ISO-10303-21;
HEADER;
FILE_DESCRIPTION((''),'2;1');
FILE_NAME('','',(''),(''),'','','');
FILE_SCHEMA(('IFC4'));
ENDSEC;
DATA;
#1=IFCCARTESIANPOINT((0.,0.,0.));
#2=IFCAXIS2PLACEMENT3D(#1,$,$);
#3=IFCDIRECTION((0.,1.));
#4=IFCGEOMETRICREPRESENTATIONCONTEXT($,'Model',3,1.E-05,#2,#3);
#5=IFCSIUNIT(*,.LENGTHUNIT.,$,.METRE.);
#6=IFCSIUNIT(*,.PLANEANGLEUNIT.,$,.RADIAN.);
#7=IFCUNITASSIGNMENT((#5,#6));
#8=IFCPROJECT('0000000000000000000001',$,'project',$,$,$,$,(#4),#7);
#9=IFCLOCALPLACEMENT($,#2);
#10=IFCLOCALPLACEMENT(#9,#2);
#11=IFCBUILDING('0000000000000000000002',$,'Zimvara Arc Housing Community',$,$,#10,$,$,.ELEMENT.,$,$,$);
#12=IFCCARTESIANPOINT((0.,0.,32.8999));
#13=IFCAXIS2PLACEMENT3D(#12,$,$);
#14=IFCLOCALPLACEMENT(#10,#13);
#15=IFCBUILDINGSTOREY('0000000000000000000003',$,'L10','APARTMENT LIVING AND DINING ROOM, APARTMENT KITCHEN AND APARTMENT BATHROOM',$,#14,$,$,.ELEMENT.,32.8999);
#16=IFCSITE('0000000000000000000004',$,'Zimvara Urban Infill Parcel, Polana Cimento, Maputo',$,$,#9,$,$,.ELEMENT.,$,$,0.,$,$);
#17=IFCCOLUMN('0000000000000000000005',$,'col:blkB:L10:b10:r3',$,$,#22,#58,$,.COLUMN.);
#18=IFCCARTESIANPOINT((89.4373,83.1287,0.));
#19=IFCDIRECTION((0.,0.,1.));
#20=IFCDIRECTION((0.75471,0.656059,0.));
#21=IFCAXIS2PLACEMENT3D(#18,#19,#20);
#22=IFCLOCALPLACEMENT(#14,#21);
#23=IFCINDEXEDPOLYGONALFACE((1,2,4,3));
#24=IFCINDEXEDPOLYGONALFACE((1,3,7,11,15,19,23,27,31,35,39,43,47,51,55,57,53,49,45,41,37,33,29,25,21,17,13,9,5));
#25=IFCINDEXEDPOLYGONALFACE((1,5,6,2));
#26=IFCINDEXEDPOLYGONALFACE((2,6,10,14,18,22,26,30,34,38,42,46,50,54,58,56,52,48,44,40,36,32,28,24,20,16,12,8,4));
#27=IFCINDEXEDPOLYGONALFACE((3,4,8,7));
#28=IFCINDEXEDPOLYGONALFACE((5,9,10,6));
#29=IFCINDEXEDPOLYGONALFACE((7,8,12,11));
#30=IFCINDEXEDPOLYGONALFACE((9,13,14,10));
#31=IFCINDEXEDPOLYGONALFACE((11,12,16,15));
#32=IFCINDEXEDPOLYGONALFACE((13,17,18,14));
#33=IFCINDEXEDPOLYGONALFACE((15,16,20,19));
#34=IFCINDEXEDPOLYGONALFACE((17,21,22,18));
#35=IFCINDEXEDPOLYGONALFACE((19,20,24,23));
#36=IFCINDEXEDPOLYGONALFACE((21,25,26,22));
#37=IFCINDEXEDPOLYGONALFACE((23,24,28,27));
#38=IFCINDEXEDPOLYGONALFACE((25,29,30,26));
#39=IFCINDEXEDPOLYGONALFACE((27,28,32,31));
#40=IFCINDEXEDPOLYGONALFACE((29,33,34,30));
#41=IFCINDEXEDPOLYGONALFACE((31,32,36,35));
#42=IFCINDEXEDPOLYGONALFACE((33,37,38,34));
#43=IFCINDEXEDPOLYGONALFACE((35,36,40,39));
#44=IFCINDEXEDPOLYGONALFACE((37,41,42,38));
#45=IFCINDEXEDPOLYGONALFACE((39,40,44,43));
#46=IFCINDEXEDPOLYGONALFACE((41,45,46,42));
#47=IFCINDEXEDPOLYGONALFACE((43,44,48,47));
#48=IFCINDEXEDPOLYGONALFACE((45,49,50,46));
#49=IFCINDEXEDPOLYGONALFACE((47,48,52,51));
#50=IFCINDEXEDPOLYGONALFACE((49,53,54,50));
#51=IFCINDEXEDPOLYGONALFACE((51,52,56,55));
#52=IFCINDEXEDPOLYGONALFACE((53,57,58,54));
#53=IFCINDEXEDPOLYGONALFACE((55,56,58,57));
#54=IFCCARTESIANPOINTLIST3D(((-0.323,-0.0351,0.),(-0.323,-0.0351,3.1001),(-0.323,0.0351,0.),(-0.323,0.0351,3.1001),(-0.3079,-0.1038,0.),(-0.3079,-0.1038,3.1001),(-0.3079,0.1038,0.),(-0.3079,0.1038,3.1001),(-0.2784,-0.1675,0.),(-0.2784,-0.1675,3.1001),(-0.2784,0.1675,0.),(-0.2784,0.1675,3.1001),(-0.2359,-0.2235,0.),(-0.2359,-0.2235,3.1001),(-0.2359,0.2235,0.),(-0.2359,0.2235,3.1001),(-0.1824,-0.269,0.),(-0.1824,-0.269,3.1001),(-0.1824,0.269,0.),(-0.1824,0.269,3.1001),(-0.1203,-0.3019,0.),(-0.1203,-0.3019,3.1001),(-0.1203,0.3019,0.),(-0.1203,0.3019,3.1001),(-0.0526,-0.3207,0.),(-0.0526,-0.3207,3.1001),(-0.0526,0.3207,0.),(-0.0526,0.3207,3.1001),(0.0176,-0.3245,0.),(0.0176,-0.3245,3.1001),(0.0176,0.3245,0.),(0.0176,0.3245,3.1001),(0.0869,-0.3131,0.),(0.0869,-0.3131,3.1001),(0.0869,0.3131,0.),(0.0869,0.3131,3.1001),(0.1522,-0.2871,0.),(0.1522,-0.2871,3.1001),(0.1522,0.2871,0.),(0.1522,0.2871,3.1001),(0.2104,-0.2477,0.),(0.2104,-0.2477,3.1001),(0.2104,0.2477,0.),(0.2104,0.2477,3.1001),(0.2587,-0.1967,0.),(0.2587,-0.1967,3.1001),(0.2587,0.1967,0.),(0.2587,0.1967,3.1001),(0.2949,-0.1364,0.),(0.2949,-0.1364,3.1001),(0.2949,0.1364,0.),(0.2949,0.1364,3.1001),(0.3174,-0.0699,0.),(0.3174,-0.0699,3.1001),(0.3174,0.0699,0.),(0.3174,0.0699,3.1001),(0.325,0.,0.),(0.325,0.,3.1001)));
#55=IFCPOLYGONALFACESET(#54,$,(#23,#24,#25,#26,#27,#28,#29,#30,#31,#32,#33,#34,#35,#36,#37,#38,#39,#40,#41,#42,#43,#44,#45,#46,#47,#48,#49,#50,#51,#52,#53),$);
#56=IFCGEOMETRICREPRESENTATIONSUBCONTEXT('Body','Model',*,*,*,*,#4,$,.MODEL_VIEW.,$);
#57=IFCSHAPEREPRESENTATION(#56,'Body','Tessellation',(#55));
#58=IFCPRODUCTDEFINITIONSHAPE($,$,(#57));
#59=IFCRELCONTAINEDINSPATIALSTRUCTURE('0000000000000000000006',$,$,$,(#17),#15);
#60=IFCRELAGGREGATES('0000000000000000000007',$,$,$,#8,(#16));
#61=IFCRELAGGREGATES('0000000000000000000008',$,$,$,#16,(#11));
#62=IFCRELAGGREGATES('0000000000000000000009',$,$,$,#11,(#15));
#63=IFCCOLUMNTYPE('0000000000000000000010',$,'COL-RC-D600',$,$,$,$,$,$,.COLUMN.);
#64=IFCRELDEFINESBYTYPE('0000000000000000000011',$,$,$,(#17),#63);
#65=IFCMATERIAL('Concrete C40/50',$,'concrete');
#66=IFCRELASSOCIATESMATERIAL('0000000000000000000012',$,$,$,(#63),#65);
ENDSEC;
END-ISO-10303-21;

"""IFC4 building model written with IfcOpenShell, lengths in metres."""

from ifc_helpers import new_model, si_unit, direction, frame, origin, origin_2d, place, context, subcontext, project, spatial, circle, extrude, material, material_profile, profile_set, type_object, element, save


model = new_model("IFC4")

# Units and contexts
model_context = context("Model", 3, precision=1e-05, world=origin(), true_north=direction((0.0, 1.0)))
body_context = subcontext(model_context, "Body", "Model", "MODEL_VIEW")
ifc_project = project(units=[si_unit("LENGTHUNIT", "METRE"), si_unit("PLANEANGLEUNIT", "RADIAN")], contexts=[model_context])

# Site, building, storey
site_placement = place(None, origin())
site = spatial("IfcSite", under=ifc_project, at=site_placement, Name="Zimvara Urban Infill Parcel, Polana Cimento, Maputo", CompositionType="ELEMENT", RefElevation=0.0)
building_placement = place(site_placement, origin())
building = spatial("IfcBuilding", under=site, at=building_placement, Name="Zimvara Arc Housing Community", CompositionType="ELEMENT")
storey_placement = place(building_placement, frame((0.0, 0.0, 32.8999)))
storey = spatial("IfcBuildingStorey", under=building, at=storey_placement, Name="L10", Description="APARTMENT LIVING AND DINING ROOM, APARTMENT KITCHEN AND APARTMENT BATHROOM", CompositionType="ELEMENT", Elevation=32.8999)

# Column
ifc_material_1 = material(Name="Concrete C40/50", Category="concrete")
ifc_material_profile_1 = material_profile(ifc_material_1, circle(Radius=0.325, at=origin_2d()), Name="RC D650")
ifc_profile_set_1 = profile_set([ifc_material_profile_1], Name="Concrete C40/50")
column_type_1 = type_object("IfcColumnType", Name="COL-RC-D600", PredefinedType="COLUMN", material=ifc_profile_set_1)
column_placement = place(storey_placement, frame((89.4373, 83.1287, 0.0), z_axis=(0.0, 0.0, 1.0), x_axis=(0.75471, 0.656059, 0.0)))
element("IfcColumn", 1, at=column_placement, inside=storey, type_object=column_type_1, Name="col:blkB:L10:b10:r3", PredefinedType="COLUMN", context=body_context, shape_type="SweptSolid", body=[
    extrude(circle(Radius=0.325, at=origin_2d()), origin(), (0.0, 0.0, 1.0), 3.1001),
])

save(model, "model.ifc")
